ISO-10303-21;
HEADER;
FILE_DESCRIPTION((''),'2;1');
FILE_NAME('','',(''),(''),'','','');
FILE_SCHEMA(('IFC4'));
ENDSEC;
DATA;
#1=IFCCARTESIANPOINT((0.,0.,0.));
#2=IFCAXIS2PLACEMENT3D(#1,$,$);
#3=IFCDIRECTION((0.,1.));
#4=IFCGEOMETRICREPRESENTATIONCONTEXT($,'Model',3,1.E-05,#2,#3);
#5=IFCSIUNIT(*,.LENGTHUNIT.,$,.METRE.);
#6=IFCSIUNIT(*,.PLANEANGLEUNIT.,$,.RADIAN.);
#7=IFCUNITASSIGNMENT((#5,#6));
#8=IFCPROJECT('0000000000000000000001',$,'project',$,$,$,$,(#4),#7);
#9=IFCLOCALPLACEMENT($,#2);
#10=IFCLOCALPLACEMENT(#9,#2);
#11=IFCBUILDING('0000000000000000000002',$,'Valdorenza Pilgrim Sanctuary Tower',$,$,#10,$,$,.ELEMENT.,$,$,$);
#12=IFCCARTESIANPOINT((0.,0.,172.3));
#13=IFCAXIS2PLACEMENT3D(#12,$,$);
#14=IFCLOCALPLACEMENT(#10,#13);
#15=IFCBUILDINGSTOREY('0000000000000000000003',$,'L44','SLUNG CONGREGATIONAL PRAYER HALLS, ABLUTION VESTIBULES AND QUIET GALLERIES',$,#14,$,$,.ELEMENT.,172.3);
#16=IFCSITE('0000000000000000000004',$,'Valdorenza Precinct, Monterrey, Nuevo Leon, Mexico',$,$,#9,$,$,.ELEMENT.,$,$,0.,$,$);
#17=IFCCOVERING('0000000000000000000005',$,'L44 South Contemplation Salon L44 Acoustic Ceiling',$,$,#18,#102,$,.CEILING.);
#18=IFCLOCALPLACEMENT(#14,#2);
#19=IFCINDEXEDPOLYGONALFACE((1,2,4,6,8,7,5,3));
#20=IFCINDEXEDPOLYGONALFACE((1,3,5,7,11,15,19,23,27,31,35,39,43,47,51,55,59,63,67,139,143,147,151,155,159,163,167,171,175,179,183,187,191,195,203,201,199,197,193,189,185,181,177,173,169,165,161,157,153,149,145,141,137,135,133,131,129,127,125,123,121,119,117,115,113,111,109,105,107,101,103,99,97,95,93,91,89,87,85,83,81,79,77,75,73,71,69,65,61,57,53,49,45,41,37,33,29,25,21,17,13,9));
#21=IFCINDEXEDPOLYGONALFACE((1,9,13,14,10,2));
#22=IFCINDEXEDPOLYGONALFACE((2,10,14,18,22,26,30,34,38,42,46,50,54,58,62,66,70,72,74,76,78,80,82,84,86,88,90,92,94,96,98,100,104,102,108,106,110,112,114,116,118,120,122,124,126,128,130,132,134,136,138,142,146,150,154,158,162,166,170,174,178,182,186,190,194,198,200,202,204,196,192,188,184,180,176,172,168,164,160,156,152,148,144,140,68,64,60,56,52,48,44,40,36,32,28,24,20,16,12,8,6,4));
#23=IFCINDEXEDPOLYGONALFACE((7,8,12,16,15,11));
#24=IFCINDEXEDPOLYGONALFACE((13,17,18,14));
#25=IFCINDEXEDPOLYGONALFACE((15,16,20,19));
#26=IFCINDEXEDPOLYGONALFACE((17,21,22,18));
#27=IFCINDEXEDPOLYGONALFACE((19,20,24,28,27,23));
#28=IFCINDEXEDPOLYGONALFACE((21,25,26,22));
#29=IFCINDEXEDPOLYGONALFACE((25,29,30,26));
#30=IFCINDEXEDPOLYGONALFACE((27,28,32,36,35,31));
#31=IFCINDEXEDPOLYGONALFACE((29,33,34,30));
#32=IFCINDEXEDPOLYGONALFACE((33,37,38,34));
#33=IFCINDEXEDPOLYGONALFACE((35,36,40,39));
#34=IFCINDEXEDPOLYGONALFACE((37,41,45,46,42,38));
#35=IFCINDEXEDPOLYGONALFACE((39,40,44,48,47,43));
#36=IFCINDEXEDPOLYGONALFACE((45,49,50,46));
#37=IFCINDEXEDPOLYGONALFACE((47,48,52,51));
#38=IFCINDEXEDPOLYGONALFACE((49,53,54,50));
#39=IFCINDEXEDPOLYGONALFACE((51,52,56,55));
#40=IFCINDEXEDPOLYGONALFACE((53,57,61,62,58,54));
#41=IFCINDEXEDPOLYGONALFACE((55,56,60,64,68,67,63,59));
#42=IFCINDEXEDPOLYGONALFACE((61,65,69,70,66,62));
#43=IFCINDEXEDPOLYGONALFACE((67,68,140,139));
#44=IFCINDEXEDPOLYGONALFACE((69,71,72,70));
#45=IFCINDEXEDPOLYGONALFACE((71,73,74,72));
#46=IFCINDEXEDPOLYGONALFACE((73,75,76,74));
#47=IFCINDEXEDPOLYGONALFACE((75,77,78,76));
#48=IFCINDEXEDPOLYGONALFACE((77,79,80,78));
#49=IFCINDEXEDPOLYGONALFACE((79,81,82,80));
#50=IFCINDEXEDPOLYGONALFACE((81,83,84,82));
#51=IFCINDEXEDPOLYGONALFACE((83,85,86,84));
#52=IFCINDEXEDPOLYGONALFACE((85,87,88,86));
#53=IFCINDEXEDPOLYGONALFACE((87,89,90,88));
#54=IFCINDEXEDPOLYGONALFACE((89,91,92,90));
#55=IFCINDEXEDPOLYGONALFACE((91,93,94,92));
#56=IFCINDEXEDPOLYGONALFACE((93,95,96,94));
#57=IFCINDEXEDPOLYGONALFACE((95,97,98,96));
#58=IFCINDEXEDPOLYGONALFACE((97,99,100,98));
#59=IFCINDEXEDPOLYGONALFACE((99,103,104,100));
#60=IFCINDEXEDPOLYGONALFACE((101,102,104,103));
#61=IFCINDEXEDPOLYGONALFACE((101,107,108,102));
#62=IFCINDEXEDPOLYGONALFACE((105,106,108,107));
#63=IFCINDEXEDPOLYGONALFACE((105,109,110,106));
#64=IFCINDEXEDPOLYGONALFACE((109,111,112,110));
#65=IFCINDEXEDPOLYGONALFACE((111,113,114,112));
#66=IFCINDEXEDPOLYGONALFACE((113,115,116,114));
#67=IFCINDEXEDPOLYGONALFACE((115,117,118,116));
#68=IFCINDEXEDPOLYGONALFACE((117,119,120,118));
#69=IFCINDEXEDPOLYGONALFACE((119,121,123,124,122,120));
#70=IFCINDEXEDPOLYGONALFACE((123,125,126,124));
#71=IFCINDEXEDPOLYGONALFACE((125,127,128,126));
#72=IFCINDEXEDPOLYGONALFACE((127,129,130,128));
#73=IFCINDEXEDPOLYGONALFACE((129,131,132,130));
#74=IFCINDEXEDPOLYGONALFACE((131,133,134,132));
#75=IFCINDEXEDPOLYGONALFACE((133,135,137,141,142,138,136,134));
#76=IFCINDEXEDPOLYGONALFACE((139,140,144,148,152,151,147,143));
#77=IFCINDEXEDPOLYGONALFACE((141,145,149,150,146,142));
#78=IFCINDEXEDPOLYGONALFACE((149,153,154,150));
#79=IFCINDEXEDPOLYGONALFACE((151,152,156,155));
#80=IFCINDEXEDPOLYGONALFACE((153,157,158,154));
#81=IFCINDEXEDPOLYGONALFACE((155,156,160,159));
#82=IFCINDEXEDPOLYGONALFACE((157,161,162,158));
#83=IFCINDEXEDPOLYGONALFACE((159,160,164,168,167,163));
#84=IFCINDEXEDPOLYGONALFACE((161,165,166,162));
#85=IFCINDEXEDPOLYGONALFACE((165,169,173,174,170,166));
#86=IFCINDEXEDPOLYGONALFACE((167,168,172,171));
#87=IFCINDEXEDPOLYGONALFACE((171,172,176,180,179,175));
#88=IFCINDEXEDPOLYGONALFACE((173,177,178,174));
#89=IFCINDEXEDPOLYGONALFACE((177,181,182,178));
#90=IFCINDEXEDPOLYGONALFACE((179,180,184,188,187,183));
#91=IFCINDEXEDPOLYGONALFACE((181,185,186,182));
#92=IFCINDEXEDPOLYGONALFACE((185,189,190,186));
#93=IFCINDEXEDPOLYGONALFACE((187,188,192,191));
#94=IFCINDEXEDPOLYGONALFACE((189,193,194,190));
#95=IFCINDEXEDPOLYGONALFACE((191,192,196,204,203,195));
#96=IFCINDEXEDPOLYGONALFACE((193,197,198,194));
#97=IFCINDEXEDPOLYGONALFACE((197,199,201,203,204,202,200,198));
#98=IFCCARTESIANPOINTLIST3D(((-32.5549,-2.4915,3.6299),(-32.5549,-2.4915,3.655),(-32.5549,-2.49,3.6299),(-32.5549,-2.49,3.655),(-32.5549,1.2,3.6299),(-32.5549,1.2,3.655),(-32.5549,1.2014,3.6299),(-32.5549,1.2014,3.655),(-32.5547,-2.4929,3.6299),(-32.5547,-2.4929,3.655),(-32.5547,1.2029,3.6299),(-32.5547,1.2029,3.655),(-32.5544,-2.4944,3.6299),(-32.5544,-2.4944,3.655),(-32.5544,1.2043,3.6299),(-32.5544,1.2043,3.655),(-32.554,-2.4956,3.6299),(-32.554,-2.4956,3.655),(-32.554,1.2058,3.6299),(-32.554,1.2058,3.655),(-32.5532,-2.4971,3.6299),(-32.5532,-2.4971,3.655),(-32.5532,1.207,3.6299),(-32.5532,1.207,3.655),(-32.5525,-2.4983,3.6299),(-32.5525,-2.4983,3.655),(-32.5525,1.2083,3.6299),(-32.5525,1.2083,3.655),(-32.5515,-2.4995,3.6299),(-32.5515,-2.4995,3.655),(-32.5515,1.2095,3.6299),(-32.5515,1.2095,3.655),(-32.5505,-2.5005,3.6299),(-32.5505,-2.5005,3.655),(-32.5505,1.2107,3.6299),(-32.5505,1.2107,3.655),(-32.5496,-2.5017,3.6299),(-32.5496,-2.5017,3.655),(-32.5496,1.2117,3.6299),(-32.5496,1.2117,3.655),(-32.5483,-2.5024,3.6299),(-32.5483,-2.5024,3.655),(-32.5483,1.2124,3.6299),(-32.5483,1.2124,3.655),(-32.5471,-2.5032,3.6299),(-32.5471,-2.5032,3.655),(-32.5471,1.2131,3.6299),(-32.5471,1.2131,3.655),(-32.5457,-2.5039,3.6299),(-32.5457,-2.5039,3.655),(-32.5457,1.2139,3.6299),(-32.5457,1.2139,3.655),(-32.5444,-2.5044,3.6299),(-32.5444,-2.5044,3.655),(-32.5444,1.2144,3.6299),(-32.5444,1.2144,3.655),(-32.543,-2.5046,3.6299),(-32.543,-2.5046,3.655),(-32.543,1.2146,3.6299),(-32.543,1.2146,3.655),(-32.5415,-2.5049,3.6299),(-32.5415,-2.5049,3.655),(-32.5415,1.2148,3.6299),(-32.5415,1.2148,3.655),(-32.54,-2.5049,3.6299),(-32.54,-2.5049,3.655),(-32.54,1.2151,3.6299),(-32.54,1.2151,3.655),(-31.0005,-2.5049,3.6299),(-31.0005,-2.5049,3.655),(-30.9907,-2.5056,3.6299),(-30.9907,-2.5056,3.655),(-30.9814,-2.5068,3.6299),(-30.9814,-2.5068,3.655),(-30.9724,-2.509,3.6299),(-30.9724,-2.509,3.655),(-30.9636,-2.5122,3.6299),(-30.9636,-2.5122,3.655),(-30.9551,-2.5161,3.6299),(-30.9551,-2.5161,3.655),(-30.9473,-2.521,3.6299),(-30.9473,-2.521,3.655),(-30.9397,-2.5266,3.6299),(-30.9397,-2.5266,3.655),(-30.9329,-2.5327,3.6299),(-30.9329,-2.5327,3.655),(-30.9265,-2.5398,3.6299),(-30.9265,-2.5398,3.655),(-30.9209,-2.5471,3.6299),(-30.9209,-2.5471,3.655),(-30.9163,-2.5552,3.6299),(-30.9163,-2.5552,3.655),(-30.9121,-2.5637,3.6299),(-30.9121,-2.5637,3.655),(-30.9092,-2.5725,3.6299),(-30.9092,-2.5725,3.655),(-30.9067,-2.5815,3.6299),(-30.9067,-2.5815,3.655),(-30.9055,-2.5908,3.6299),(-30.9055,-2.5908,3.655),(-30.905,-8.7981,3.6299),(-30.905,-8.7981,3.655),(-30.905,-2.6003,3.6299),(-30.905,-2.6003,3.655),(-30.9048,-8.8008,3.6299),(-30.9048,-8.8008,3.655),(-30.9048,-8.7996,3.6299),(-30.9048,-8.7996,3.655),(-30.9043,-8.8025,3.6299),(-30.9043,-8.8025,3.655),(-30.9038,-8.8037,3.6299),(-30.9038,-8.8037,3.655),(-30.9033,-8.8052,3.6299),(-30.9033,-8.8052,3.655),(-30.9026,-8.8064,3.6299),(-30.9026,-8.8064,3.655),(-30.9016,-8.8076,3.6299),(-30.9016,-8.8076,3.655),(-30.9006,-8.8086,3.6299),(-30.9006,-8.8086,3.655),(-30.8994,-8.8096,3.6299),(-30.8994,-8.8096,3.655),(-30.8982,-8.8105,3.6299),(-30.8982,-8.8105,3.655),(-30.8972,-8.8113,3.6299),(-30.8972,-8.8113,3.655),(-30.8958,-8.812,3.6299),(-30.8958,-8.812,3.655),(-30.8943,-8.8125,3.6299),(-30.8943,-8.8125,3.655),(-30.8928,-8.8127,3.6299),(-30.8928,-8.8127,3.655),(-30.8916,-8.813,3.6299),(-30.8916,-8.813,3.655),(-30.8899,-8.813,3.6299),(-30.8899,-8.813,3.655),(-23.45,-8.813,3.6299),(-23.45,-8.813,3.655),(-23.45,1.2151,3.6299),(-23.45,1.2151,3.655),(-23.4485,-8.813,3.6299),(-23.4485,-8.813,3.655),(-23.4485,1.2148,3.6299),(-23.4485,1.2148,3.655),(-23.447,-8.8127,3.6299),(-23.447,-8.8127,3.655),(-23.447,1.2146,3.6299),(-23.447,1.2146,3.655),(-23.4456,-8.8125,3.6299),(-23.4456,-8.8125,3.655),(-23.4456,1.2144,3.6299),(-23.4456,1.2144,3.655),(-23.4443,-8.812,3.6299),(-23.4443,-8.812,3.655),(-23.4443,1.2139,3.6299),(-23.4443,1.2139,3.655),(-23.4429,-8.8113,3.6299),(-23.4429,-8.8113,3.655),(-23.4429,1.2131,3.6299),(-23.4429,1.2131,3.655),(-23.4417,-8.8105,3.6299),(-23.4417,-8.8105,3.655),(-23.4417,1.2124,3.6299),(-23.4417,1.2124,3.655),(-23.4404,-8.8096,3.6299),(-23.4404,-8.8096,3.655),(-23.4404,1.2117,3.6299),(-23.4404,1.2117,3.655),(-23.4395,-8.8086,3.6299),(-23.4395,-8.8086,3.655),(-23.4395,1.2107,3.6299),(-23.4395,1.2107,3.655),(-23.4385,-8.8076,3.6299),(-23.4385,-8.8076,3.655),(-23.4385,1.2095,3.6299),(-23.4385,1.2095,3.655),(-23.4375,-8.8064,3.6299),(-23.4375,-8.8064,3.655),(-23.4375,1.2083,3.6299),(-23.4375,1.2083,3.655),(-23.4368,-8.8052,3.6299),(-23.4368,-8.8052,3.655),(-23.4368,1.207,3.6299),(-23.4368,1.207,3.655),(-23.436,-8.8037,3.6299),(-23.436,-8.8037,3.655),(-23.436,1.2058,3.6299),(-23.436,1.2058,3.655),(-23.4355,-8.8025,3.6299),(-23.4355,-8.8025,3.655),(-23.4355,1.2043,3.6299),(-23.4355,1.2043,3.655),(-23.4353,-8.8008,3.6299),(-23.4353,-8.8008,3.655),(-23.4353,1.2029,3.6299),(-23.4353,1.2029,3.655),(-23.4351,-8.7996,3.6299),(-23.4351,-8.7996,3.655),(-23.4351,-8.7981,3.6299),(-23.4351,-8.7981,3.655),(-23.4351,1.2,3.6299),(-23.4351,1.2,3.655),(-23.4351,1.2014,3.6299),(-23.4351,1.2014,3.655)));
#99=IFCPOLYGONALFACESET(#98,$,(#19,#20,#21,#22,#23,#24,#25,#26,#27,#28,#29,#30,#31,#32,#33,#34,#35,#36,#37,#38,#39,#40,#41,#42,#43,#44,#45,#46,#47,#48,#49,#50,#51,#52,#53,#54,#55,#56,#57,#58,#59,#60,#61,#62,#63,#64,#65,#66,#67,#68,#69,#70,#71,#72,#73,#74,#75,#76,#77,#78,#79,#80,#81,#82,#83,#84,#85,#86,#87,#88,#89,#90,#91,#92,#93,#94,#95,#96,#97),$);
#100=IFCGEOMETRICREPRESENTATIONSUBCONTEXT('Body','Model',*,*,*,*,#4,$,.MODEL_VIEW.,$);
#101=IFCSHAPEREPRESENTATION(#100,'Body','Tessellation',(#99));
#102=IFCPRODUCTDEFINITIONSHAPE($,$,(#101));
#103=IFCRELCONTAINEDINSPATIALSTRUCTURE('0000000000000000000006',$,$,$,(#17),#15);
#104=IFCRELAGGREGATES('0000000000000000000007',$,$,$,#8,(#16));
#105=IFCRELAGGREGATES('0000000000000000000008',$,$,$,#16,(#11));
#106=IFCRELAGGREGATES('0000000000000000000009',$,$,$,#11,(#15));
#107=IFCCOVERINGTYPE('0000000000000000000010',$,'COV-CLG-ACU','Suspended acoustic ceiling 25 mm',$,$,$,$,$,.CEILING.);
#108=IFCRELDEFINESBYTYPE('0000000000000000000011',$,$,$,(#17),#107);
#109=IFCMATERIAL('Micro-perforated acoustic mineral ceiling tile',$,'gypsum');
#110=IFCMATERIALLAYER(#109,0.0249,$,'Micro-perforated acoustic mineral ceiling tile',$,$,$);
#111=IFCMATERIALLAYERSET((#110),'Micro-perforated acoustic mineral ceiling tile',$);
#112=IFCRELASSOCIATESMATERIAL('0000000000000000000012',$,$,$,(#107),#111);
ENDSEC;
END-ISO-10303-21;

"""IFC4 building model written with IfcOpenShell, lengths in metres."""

from ifc_helpers import new_model, si_unit, direction, frame, origin, place, context, subcontext, project, spatial, polyline, outline, extrude, material, layer, layer_set, type_object, element, save


model = new_model("IFC4")

# Units and contexts
model_context = context("Model", 3, precision=1e-05, world=origin(), true_north=direction((0.0, 1.0)))
body_context = subcontext(model_context, "Body", "Model", "MODEL_VIEW")
ifc_project = project(units=[si_unit("LENGTHUNIT", "METRE"), si_unit("PLANEANGLEUNIT", "RADIAN")], contexts=[model_context])

# Site, building, storey
site_placement = place(None, origin())
site = spatial("IfcSite", under=ifc_project, at=site_placement, Name="Valdorenza Precinct, Monterrey, Nuevo Leon, Mexico", CompositionType="ELEMENT", RefElevation=0.0)
building_placement = place(site_placement, origin())
building = spatial("IfcBuilding", under=site, at=building_placement, Name="Valdorenza Pilgrim Sanctuary Tower", CompositionType="ELEMENT")
storey_placement = place(building_placement, frame((0.0, 0.0, 172.3)))
storey = spatial("IfcBuildingStorey", under=building, at=storey_placement, Name="L44", Description="SLUNG CONGREGATIONAL PRAYER HALLS, ABLUTION VESTIBULES AND QUIET GALLERIES", CompositionType="ELEMENT", Elevation=172.3)

# Covering
ifc_material_1 = material(Name="Micro-perforated acoustic mineral ceiling tile", Category="gypsum")
ifc_layer_1 = layer(ifc_material_1, 0.0249, Name="Micro-perforated acoustic mineral ceiling tile")
ifc_layer_set_1 = layer_set([ifc_layer_1], Name="Micro-perforated acoustic mineral ceiling tile")
covering_type_1 = type_object("IfcCoveringType", Name="COV-CLG-ACU", Description="Suspended acoustic ceiling 25 mm", PredefinedType="CEILING", material=ifc_layer_set_1)
covering_1_placement = place(storey_placement, frame((0.0, 0.0, 3.6299)))
element("IfcCovering", 1, at=covering_1_placement, inside=storey, type_object=covering_type_1, Name="L44 South Contemplation Salon L44 Acoustic Ceiling", PredefinedType="CEILING", context=body_context, shape_type="SweptSolid", body=[
    extrude(outline(polyline([(-23.4351, -8.7981), (-23.4351, -8.7996), (-23.4353, -8.8008), (-23.4355, -8.8025), (-23.436, -8.8037), (-23.4368, -8.8052), (-23.4375, -8.8064), (-23.4385, -8.8076), (-23.4395, -8.8086), (-23.4404, -8.8096), (-23.4417, -8.8105), (-23.4429, -8.8113), (-23.4443, -8.812), (-23.4456, -8.8125), (-23.447, -8.8127), (-23.4485, -8.813), (-23.45, -8.813), (-30.8899, -8.813), (-30.8916, -8.813), (-30.8928, -8.8127), (-30.8943, -8.8125), (-30.8958, -8.812), (-30.8972, -8.8113), (-30.8982, -8.8105), (-30.8994, -8.8096), (-30.9006, -8.8086), (-30.9016, -8.8076), (-30.9026, -8.8064), (-30.9033, -8.8052), (-30.9038, -8.8037), (-30.9043, -8.8025), (-30.9048, -8.8008), (-30.9048, -8.7996), (-30.905, -8.7981), (-30.905, -2.6003), (-30.9055, -2.5908), (-30.9067, -2.5815), (-30.9092, -2.5725), (-30.9121, -2.5637), (-30.9163, -2.5552), (-30.9209, -2.5471), (-30.9265, -2.5398), (-30.9329, -2.5327), (-30.9397, -2.5266), (-30.9473, -2.521), (-30.9551, -2.5161), (-30.9636, -2.5122), (-30.9724, -2.509), (-30.9814, -2.5068), (-30.9907, -2.5056), (-31.0005, -2.5049), (-32.54, -2.5049), (-32.5415, -2.5049), (-32.543, -2.5046), (-32.5444, -2.5044), (-32.5457, -2.5039), (-32.5471, -2.5032), (-32.5483, -2.5024), (-32.5496, -2.5017), (-32.5505, -2.5005), (-32.5515, -2.4995), (-32.5525, -2.4983), (-32.5532, -2.4971), (-32.554, -2.4956), (-32.5544, -2.4944), (-32.5547, -2.4929), (-32.5549, -2.4915), (-32.5549, -2.49), (-32.5549, 1.2), (-32.5549, 1.2014), (-32.5547, 1.2029), (-32.5544, 1.2043), (-32.554, 1.2058), (-32.5532, 1.207), (-32.5525, 1.2083), (-32.5515, 1.2095), (-32.5505, 1.2107), (-32.5496, 1.2117), (-32.5483, 1.2124), (-32.5471, 1.2131), (-32.5457, 1.2139), (-32.5444, 1.2144), (-32.543, 1.2146), (-32.5415, 1.2148), (-32.54, 1.2151), (-23.45, 1.2151), (-23.4485, 1.2148), (-23.447, 1.2146), (-23.4456, 1.2144), (-23.4443, 1.2139), (-23.4429, 1.2131), (-23.4417, 1.2124), (-23.4404, 1.2117), (-23.4395, 1.2107), (-23.4385, 1.2095), (-23.4375, 1.2083), (-23.4368, 1.207), (-23.436, 1.2058), (-23.4355, 1.2043), (-23.4353, 1.2029), (-23.4351, 1.2014), (-23.4351, 1.2), (-23.4351, -8.7981)])), origin(), (0.0, 0.0, 1.0), 0.0251),
])

save(model, "model.ifc")
